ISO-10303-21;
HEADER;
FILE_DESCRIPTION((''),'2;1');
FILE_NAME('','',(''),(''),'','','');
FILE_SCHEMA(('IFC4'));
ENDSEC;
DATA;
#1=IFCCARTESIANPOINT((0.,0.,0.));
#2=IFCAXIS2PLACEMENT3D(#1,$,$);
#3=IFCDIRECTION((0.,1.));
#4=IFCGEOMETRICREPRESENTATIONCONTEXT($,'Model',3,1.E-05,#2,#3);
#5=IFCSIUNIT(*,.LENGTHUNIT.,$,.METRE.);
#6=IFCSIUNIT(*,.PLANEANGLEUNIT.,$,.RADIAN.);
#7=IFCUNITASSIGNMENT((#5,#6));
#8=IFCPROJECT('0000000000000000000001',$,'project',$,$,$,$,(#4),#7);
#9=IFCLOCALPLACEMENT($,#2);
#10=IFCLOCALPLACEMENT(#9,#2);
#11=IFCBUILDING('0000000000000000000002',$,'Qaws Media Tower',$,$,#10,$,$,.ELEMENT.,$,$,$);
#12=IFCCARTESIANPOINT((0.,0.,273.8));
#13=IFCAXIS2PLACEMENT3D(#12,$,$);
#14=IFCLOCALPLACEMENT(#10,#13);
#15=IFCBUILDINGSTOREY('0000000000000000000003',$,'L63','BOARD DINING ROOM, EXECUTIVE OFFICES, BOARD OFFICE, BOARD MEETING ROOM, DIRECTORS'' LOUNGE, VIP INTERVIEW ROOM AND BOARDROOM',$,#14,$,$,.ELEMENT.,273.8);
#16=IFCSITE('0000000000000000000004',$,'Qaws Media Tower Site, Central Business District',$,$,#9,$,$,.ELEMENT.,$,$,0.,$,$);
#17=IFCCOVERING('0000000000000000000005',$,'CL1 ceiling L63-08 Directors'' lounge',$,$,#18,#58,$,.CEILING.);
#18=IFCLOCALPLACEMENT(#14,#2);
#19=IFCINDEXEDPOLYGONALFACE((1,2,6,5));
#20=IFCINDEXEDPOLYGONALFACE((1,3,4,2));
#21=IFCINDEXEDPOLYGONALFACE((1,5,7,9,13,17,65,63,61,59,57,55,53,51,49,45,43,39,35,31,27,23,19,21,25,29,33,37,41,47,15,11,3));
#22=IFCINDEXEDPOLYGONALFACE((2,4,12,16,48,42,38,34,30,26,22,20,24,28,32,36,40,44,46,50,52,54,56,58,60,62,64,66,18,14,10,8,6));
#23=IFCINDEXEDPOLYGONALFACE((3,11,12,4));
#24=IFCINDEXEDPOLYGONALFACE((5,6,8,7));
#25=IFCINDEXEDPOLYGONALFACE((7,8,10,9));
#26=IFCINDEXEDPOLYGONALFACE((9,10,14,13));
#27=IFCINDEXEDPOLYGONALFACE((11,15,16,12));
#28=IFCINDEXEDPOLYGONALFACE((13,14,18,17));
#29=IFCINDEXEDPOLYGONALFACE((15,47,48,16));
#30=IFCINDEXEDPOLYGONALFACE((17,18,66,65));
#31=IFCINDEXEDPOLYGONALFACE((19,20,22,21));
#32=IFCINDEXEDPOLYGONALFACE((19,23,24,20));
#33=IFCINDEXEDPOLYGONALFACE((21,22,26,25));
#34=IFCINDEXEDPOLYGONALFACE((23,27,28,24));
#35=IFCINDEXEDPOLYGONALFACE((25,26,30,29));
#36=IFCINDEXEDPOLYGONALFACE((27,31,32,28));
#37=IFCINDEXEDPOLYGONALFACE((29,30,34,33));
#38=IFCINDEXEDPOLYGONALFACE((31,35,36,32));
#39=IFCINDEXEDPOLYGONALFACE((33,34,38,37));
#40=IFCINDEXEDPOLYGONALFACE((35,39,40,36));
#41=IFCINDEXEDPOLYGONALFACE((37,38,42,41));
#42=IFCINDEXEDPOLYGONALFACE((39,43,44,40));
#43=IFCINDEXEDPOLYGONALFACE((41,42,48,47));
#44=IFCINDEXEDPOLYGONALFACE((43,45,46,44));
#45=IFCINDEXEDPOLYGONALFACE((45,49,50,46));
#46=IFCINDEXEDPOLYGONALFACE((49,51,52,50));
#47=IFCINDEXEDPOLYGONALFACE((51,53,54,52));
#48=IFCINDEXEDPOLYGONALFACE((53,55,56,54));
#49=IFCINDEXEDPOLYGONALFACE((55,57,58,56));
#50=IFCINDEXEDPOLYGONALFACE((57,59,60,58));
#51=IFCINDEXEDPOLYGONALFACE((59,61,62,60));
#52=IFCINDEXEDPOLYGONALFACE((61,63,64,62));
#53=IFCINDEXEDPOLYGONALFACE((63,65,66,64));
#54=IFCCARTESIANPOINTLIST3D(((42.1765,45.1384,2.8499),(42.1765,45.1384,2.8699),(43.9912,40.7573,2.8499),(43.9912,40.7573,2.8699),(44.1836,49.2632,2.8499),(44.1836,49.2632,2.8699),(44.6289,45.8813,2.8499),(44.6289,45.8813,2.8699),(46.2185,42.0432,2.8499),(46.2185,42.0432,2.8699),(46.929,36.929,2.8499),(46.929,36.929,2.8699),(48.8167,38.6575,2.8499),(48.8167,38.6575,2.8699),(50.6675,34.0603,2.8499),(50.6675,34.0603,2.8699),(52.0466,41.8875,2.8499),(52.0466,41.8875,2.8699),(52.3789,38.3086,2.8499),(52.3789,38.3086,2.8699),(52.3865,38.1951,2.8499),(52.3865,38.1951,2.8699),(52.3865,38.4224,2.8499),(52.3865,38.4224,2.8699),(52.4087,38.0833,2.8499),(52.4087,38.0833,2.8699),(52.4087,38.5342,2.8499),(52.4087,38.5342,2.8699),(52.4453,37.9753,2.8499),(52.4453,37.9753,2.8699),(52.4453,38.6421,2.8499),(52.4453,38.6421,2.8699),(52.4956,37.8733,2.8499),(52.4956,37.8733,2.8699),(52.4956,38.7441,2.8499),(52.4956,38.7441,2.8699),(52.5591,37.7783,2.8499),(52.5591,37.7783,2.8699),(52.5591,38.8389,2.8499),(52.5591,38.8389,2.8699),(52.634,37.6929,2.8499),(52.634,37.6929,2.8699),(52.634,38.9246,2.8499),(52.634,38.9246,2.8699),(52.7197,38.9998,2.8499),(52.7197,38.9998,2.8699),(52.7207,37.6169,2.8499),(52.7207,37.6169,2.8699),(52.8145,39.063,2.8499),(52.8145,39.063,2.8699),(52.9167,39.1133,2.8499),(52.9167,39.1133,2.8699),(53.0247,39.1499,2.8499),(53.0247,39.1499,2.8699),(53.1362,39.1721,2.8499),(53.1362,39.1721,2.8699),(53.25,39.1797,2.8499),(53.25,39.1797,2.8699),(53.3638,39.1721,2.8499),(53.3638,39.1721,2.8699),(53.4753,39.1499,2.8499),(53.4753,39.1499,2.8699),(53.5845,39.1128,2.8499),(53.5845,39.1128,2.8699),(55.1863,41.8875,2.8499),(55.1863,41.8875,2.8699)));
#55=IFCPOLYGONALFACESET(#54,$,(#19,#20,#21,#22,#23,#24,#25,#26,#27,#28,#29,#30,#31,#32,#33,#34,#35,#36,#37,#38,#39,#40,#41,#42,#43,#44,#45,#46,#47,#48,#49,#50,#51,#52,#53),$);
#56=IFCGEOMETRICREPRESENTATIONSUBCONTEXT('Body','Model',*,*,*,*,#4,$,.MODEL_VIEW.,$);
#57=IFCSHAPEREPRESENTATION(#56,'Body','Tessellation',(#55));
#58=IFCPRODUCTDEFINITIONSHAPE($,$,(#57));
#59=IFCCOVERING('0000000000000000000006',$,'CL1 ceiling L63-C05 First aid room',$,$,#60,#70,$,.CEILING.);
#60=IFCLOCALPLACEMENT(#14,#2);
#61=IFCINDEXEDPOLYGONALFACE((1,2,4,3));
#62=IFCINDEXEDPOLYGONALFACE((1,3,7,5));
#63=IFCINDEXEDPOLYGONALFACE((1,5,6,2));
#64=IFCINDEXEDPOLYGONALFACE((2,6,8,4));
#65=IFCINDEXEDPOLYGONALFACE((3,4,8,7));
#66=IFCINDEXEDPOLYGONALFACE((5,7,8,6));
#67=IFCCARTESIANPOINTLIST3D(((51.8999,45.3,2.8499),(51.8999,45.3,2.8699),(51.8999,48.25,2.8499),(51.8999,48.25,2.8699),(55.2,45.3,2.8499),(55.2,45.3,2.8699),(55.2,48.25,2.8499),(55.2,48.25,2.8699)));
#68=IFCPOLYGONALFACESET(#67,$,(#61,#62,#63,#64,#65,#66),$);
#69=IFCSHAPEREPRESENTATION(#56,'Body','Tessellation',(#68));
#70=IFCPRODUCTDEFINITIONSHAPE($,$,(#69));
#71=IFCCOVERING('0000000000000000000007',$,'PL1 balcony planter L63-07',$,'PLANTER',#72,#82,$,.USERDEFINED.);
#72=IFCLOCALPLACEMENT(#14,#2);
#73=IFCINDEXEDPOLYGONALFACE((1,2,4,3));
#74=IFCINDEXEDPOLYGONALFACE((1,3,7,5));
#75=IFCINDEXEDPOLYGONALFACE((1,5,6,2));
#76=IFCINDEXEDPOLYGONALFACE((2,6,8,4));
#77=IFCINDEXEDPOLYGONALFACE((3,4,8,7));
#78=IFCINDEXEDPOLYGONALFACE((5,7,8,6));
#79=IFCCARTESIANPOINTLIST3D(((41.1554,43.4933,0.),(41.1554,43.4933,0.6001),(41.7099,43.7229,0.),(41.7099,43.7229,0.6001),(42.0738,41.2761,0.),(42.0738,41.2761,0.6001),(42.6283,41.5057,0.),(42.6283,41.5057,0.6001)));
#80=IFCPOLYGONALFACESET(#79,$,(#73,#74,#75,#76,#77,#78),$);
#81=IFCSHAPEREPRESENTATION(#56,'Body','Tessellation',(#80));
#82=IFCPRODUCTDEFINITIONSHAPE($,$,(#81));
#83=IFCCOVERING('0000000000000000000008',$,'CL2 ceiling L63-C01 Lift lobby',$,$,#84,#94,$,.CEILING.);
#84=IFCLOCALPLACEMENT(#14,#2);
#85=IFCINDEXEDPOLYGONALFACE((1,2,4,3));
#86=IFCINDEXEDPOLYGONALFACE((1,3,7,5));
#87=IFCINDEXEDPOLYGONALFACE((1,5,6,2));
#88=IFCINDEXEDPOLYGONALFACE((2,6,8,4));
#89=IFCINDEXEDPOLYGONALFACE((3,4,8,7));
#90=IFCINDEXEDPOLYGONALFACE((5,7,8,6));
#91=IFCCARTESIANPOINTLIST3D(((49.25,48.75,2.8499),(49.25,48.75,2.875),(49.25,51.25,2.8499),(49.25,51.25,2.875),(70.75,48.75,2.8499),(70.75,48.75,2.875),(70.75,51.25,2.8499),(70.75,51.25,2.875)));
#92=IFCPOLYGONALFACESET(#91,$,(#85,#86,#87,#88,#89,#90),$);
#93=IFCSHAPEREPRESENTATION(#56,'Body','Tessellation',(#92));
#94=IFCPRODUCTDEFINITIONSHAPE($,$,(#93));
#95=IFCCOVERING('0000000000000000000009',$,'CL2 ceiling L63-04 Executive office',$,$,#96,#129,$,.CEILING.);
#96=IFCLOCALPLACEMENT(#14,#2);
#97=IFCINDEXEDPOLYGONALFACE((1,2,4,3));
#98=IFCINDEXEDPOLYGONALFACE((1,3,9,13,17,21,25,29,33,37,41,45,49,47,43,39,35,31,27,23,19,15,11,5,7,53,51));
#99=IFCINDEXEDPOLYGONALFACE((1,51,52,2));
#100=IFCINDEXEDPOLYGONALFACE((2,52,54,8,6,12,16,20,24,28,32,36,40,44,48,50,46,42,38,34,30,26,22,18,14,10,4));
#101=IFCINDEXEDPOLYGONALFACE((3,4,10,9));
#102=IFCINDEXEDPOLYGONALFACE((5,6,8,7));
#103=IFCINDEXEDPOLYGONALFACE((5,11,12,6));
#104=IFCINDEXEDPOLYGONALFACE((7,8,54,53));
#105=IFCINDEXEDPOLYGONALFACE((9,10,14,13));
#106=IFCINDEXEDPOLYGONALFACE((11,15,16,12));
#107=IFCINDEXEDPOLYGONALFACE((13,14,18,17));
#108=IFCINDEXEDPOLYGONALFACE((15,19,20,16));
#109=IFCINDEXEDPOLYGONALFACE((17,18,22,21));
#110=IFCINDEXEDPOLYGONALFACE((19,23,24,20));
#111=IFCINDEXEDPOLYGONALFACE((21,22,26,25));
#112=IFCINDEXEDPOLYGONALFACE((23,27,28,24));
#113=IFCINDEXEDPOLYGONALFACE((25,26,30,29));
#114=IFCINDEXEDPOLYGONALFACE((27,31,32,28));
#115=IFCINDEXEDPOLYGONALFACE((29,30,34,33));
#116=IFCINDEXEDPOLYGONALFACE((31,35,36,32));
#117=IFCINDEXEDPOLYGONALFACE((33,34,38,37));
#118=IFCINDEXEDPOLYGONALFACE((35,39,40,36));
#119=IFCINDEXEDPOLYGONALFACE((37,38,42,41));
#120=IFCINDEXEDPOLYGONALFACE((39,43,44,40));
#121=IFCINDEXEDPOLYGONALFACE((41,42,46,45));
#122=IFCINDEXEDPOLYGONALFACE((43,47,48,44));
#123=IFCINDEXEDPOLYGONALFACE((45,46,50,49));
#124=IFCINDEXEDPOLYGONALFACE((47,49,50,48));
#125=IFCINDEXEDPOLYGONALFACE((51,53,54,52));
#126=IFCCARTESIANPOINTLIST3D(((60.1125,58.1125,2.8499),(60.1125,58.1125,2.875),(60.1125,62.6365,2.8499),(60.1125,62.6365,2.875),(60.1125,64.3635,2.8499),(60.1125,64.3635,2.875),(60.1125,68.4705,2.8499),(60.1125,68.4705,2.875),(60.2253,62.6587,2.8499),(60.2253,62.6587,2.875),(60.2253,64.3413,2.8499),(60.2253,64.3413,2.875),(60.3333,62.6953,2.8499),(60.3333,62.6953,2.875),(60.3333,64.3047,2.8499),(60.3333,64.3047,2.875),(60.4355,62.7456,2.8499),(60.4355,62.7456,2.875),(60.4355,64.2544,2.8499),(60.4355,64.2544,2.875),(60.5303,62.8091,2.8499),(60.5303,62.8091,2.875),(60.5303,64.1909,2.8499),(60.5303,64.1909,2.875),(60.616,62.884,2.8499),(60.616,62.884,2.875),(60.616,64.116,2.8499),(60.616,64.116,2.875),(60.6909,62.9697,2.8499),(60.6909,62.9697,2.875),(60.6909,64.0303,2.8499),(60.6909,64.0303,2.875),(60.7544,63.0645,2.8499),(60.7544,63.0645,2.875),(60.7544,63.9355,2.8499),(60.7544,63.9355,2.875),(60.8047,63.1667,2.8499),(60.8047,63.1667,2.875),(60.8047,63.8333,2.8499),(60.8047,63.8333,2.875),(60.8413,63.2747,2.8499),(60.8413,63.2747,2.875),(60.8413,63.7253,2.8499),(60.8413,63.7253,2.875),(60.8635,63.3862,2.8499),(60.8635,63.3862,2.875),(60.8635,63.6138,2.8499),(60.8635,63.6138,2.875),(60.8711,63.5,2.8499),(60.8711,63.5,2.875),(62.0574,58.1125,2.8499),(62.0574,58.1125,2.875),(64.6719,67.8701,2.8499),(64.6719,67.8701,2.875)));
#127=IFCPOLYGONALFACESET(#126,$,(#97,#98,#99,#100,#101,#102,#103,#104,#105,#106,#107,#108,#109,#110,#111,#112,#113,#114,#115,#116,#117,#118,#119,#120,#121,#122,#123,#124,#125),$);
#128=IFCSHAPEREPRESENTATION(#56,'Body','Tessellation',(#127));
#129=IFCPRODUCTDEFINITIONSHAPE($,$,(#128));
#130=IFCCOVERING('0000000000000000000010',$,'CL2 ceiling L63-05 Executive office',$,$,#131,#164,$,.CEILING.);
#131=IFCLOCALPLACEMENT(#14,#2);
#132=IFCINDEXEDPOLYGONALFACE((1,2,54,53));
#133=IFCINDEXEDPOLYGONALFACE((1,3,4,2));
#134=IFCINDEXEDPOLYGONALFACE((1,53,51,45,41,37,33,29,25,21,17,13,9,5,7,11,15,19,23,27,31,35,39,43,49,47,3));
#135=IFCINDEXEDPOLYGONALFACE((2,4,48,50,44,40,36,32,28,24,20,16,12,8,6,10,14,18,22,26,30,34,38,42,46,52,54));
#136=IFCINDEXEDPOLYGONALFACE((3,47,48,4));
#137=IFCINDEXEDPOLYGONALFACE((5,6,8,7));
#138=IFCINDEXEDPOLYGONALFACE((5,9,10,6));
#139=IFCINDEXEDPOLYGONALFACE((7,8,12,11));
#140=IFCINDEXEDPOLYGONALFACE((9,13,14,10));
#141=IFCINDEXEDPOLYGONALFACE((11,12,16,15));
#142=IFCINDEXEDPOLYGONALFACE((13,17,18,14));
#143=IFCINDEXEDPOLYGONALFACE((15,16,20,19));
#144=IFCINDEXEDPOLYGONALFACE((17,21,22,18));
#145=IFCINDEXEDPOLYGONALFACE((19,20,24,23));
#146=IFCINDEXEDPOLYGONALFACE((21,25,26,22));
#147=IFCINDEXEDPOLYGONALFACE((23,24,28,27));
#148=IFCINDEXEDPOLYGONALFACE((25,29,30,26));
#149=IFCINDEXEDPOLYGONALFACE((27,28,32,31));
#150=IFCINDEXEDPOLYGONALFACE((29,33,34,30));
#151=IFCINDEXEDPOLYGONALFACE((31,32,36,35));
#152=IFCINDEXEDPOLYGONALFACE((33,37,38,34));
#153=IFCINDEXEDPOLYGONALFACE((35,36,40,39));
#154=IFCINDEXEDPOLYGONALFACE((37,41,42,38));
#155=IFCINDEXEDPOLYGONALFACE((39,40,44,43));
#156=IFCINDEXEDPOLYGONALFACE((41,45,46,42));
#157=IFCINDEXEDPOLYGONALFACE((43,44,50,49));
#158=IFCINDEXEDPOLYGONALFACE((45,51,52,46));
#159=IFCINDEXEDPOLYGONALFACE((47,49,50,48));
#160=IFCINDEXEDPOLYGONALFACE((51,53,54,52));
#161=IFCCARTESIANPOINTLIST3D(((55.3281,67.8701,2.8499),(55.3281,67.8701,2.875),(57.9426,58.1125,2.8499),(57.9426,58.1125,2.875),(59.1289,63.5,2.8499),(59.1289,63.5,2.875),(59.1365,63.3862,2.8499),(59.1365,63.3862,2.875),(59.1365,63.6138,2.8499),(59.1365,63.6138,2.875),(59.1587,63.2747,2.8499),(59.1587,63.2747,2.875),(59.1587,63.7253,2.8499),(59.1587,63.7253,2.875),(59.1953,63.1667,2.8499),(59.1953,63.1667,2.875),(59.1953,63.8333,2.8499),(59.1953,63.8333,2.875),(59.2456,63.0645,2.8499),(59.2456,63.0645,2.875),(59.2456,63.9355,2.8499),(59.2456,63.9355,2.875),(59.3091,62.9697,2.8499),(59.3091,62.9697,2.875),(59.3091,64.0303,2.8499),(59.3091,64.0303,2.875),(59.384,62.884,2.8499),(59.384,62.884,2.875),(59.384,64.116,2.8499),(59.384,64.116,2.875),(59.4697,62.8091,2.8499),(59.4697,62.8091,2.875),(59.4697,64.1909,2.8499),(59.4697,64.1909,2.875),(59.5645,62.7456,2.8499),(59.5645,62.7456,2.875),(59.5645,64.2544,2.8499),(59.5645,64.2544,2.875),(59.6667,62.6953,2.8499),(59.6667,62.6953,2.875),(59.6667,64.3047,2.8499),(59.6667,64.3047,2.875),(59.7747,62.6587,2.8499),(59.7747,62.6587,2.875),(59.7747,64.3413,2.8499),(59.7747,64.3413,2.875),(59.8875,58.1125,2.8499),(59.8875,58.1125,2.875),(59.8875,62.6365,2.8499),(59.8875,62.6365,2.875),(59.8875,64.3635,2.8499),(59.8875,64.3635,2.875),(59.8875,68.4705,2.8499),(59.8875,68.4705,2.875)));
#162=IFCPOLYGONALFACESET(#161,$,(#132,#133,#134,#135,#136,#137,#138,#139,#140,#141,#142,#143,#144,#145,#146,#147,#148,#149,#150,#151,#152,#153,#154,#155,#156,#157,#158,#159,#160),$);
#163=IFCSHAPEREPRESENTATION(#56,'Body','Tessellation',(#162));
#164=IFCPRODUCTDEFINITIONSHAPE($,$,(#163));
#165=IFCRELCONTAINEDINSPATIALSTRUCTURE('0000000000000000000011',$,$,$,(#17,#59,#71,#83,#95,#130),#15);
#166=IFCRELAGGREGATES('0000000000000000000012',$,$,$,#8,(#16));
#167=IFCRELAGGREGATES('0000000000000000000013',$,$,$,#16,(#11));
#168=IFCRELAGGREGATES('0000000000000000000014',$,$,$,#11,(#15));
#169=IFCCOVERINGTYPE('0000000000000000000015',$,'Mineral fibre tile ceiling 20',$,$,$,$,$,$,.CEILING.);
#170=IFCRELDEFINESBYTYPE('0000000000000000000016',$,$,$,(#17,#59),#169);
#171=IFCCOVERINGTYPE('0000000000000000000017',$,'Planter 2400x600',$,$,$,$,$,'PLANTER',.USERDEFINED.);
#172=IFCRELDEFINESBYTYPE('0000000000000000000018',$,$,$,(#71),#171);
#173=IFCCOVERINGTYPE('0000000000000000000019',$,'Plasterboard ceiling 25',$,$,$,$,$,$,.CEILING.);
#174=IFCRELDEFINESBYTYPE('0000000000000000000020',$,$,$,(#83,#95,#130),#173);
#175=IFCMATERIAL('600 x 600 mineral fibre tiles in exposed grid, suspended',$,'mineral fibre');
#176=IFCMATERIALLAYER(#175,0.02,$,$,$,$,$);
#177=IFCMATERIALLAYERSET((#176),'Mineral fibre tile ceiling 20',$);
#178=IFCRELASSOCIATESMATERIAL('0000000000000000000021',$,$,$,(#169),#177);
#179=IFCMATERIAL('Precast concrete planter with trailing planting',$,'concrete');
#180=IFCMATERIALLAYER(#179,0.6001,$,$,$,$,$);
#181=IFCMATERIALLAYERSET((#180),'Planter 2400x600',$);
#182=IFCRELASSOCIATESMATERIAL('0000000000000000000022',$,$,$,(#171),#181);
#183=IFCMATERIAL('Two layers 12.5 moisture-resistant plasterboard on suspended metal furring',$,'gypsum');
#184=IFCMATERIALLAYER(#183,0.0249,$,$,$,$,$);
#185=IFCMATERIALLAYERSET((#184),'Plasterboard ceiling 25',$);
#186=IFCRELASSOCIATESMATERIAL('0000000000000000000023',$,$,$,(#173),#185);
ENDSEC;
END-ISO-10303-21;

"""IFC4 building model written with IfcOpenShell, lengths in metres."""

from ifc_helpers import new_model, si_unit, direction, frame, origin, origin_2d, place, context, subcontext, project, spatial, polyline, rectangle, outline, extrude, material, layer, layer_set, type_object, element, save


model = new_model("IFC4")

# Units and contexts
model_context = context("Model", 3, precision=1e-05, world=origin(), true_north=direction((0.0, 1.0)))
body_context = subcontext(model_context, "Body", "Model", "MODEL_VIEW")
ifc_project = project(units=[si_unit("LENGTHUNIT", "METRE"), si_unit("PLANEANGLEUNIT", "RADIAN")], contexts=[model_context])

# Site, building, storey
site_placement = place(None, origin())
site = spatial("IfcSite", under=ifc_project, at=site_placement, Name="Qaws Media Tower Site, Central Business District", CompositionType="ELEMENT", RefElevation=0.0)
building_placement = place(site_placement, origin())
building = spatial("IfcBuilding", under=site, at=building_placement, Name="Qaws Media Tower", CompositionType="ELEMENT")
storey_placement = place(building_placement, frame((0.0, 0.0, 273.8)))
storey = spatial("IfcBuildingStorey", under=building, at=storey_placement, Name="L63", Description="BOARD DINING ROOM, EXECUTIVE OFFICES, BOARD OFFICE, BOARD MEETING ROOM, DIRECTORS' LOUNGE, VIP INTERVIEW ROOM AND BOARDROOM", CompositionType="ELEMENT", Elevation=273.8)

# Coverings
ifc_material_1 = material(Name="600 x 600 mineral fibre tiles in exposed grid, suspended", Category="mineral fibre")
ifc_layer_1 = layer(ifc_material_1, 0.02)
ifc_layer_set_1 = layer_set([ifc_layer_1], Name="Mineral fibre tile ceiling 20")
covering_type_1 = type_object("IfcCoveringType", Name="Mineral fibre tile ceiling 20", PredefinedType="CEILING", material=ifc_layer_set_1)
covering_1_placement = place(storey_placement, frame((0.0, 0.0, 2.8499)))
element("IfcCovering", 1, at=covering_1_placement, inside=storey, type_object=covering_type_1, Name="CL1 ceiling L63-08 Directors' lounge", PredefinedType="CEILING", context=body_context, shape_type="SweptSolid", body=[
    extrude(outline(polyline([(46.929, 36.929), (43.9912, 40.7573), (42.1765, 45.1384), (44.1836, 49.2632), (44.6289, 45.8813), (46.2185, 42.0432), (48.8167, 38.6575), (52.0466, 41.8875), (55.1863, 41.8875), (53.5845, 39.1128), (53.4753, 39.1499), (53.3638, 39.1721), (53.25, 39.1797), (53.1362, 39.1721), (53.0247, 39.1499), (52.9167, 39.1133), (52.8145, 39.063), (52.7197, 38.9998), (52.634, 38.9246), (52.5591, 38.8389), (52.4956, 38.7441), (52.4453, 38.6421), (52.4087, 38.5342), (52.3865, 38.4224), (52.3789, 38.3086), (52.3865, 38.1951), (52.4087, 38.0833), (52.4453, 37.9753), (52.4956, 37.8733), (52.5591, 37.7783), (52.634, 37.6929), (52.7207, 37.6169), (50.6675, 34.0603), (46.929, 36.929)])), origin(), (0.0, 0.0, 1.0), 0.02),
])
covering_2_placement = place(storey_placement, frame((0.0, 0.0, 2.8499)))
element("IfcCovering", 2, at=covering_2_placement, inside=storey, type_object=covering_type_1, Name="CL1 ceiling L63-C05 First aid room", PredefinedType="CEILING", context=body_context, shape_type="SweptSolid", body=[
    extrude(outline(polyline([(51.8999, 45.3), (51.8999, 48.25), (55.2, 48.25), (55.2, 45.3), (51.8999, 45.3)])), origin(), (0.0, 0.0, 1.0), 0.02),
])
ifc_material_2 = material(Name="Precast concrete planter with trailing planting", Category="concrete")
ifc_layer_2 = layer(ifc_material_2, 0.6001)
ifc_layer_set_2 = layer_set([ifc_layer_2], Name="Planter 2400x600")
covering_type_2 = type_object("IfcCoveringType", Name="Planter 2400x600", ElementType="PLANTER", PredefinedType="USERDEFINED", material=ifc_layer_set_2)
covering_3_placement = place(storey_placement, frame((41.8918, 42.4995, 0.0), z_axis=(0.0, 0.0, 1.0), x_axis=(0.382683, -0.92388, 0.0)))
element("IfcCovering", 3, at=covering_3_placement, inside=storey, type_object=covering_type_2, Name="PL1 balcony planter L63-07", ObjectType="PLANTER", PredefinedType="USERDEFINED", context=body_context, shape_type="SweptSolid", body=[
    extrude(rectangle(XDim=2.3999, YDim=0.6001, at=origin_2d()), origin(), (0.0, 0.0, 1.0), 0.6001),
])
ifc_material_3 = material(Name="Two layers 12.5 moisture-resistant plasterboard on suspended metal furring", Category="gypsum")
ifc_layer_3 = layer(ifc_material_3, 0.0249)
ifc_layer_set_3 = layer_set([ifc_layer_3], Name="Plasterboard ceiling 25")
covering_type_3 = type_object("IfcCoveringType", Name="Plasterboard ceiling 25", PredefinedType="CEILING", material=ifc_layer_set_3)
covering_4_placement = place(storey_placement, frame((0.0, 0.0, 2.8499)))
element("IfcCovering", 4, at=covering_4_placement, inside=storey, type_object=covering_type_3, Name="CL2 ceiling L63-C01 Lift lobby", PredefinedType="CEILING", context=body_context, shape_type="SweptSolid", body=[
    extrude(outline(polyline([(49.25, 48.75), (49.25, 51.25), (70.75, 51.25), (70.75, 48.75), (49.25, 48.75)])), origin(), (0.0, 0.0, 1.0), 0.0251),
])
covering_5_placement = place(storey_placement, frame((0.0, 0.0, 2.8499)))
element("IfcCovering", 5, at=covering_5_placement, inside=storey, type_object=covering_type_3, Name="CL2 ceiling L63-04 Executive office", PredefinedType="CEILING", context=body_context, shape_type="SweptSolid", body=[
    extrude(outline(polyline([(64.6719, 67.8701), (62.0574, 58.1125), (60.1125, 58.1125), (60.1125, 62.6365), (60.2253, 62.6587), (60.3333, 62.6953), (60.4355, 62.7456), (60.5303, 62.8091), (60.616, 62.884), (60.6909, 62.9697), (60.7544, 63.0645), (60.8047, 63.1667), (60.8413, 63.2747), (60.8635, 63.3862), (60.8711, 63.5), (60.8635, 63.6138), (60.8413, 63.7253), (60.8047, 63.8333), (60.7544, 63.9355), (60.6909, 64.0303), (60.616, 64.116), (60.5303, 64.1909), (60.4355, 64.2544), (60.3333, 64.3047), (60.2253, 64.3413), (60.1125, 64.3635), (60.1125, 68.4705), (64.6719, 67.8701)])), origin(), (0.0, 0.0, 1.0), 0.0251),
])
covering_6_placement = place(storey_placement, frame((0.0, 0.0, 2.8499)))
element("IfcCovering", 6, at=covering_6_placement, inside=storey, type_object=covering_type_3, Name="CL2 ceiling L63-05 Executive office", PredefinedType="CEILING", context=body_context, shape_type="SweptSolid", body=[
    extrude(outline(polyline([(59.8875, 68.4705), (59.8875, 64.3635), (59.7747, 64.3413), (59.6667, 64.3047), (59.5645, 64.2544), (59.4697, 64.1909), (59.384, 64.116), (59.3091, 64.0303), (59.2456, 63.9355), (59.1953, 63.8333), (59.1587, 63.7253), (59.1365, 63.6138), (59.1289, 63.5), (59.1365, 63.3862), (59.1587, 63.2747), (59.1953, 63.1667), (59.2456, 63.0645), (59.3091, 62.9697), (59.384, 62.884), (59.4697, 62.8091), (59.5645, 62.7456), (59.6667, 62.6953), (59.7747, 62.6587), (59.8875, 62.6365), (59.8875, 58.1125), (57.9426, 58.1125), (55.3281, 67.8701), (59.8875, 68.4705)])), origin(), (0.0, 0.0, 1.0), 0.0251),
])

save(model, "model.ifc")
